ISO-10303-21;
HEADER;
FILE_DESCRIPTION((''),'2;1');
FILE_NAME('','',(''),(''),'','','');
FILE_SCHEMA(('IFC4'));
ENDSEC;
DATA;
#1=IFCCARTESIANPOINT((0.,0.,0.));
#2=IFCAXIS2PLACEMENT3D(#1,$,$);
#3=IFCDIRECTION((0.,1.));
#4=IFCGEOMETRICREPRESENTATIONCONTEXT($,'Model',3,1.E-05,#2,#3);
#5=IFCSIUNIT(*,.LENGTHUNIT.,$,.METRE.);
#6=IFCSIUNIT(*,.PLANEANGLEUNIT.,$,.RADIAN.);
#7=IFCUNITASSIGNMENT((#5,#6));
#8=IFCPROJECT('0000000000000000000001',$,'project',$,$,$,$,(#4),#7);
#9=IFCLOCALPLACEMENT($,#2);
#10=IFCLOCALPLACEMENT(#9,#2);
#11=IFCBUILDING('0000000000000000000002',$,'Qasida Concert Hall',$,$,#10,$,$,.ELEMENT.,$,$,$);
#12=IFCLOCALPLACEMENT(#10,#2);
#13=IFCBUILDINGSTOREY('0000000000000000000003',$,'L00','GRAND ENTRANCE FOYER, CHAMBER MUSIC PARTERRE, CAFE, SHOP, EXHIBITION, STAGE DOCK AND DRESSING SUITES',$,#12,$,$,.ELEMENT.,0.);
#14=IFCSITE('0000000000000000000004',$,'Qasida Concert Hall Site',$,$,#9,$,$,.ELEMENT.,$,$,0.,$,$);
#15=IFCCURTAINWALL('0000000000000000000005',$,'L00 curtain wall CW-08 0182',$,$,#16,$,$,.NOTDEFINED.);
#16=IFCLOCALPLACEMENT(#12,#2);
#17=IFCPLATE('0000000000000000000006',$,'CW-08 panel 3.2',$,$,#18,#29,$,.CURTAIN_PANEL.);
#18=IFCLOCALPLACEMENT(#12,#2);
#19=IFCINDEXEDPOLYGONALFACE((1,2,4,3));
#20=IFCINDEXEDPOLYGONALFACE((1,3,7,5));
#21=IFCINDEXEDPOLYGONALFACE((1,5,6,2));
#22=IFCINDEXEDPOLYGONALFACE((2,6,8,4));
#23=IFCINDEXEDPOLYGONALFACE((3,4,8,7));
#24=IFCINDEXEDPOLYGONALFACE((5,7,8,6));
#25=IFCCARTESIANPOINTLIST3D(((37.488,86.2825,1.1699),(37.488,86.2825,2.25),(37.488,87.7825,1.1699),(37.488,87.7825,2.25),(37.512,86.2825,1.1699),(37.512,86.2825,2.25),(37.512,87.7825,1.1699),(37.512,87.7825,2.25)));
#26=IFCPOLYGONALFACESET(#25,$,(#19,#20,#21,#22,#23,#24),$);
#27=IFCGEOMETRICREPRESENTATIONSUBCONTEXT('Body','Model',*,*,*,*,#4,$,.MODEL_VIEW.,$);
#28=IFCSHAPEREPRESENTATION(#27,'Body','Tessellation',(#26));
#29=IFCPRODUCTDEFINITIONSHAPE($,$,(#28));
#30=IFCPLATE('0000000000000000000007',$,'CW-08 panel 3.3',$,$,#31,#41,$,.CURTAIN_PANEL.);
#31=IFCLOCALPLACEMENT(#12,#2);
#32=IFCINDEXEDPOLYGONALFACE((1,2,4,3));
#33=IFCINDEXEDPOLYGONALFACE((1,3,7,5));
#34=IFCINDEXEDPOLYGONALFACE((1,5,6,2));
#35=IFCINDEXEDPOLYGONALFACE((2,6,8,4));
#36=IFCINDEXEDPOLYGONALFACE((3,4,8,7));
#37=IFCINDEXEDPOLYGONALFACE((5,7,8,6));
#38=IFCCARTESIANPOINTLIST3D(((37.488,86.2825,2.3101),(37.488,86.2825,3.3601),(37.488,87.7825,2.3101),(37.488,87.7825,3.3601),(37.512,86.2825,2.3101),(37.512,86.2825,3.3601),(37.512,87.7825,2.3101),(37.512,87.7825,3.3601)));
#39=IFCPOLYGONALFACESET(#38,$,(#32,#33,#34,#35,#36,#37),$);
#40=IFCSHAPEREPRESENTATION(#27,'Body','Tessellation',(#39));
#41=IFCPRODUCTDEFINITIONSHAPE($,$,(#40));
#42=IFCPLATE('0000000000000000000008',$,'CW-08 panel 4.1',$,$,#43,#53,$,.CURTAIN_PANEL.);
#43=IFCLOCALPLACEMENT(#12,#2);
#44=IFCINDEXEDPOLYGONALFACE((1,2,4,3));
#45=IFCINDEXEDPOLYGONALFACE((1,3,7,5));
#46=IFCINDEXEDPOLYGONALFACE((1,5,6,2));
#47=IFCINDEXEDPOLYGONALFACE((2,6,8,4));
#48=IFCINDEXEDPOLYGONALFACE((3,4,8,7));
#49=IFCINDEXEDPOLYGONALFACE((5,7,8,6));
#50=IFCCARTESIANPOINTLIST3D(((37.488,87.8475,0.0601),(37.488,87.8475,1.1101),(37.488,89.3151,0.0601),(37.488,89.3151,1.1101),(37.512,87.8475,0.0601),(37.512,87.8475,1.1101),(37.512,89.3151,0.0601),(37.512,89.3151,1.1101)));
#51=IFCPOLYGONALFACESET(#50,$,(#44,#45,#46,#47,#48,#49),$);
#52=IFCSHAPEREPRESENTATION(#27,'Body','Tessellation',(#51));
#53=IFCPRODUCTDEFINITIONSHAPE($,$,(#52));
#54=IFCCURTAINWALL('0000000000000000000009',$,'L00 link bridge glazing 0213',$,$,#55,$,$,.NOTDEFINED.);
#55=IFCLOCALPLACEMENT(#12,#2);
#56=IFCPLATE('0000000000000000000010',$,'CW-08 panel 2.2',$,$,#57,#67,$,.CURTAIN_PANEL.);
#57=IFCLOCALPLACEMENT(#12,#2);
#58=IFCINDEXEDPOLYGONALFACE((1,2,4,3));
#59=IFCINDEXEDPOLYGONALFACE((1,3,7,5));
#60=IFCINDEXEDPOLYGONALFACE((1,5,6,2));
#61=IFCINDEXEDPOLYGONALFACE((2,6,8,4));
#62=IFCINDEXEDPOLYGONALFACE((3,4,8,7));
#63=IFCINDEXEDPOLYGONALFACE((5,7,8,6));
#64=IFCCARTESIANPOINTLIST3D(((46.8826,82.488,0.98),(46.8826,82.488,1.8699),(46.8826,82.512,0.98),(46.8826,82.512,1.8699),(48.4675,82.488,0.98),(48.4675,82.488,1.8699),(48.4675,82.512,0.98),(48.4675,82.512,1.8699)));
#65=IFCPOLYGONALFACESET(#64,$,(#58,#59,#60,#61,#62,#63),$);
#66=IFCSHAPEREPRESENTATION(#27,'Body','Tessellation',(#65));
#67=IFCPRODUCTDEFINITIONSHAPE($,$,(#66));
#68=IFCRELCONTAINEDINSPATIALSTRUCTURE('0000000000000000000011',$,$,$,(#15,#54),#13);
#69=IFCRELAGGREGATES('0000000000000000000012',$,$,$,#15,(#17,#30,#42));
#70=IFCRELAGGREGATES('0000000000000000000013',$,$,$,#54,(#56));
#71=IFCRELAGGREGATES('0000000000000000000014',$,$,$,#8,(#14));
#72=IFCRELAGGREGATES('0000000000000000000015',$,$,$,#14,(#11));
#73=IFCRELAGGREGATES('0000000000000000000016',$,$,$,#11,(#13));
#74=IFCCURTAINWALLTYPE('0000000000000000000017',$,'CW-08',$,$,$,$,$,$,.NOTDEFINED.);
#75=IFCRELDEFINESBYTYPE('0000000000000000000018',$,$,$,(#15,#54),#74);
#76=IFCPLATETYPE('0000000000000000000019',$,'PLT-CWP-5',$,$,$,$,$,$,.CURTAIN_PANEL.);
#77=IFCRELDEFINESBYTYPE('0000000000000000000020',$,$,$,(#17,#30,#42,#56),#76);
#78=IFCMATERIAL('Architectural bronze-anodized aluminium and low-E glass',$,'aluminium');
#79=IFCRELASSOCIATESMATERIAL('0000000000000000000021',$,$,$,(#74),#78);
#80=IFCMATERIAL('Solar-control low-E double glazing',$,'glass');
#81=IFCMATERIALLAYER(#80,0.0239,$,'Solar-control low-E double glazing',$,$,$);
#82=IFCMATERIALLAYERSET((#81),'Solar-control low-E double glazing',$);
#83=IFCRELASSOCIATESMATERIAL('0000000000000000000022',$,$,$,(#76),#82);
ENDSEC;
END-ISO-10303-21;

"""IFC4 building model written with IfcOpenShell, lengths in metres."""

from ifc_helpers import new_model, si_unit, direction, frame, origin, origin_2d, place, context, subcontext, project, spatial, rectangle, extrude, material, layer, layer_set, type_object, element, aggregate, save


model = new_model("IFC4")

# Units and contexts
model_context = context("Model", 3, precision=1e-05, world=origin(), true_north=direction((0.0, 1.0)))
body_context = subcontext(model_context, "Body", "Model", "MODEL_VIEW")
ifc_project = project(units=[si_unit("LENGTHUNIT", "METRE"), si_unit("PLANEANGLEUNIT", "RADIAN")], contexts=[model_context])

# Site, building, storey
site_placement = place(None, origin())
site = spatial("IfcSite", under=ifc_project, at=site_placement, Name="Qasida Concert Hall Site", CompositionType="ELEMENT", RefElevation=0.0)
building_placement = place(site_placement, origin())
building = spatial("IfcBuilding", under=site, at=building_placement, Name="Qasida Concert Hall", CompositionType="ELEMENT")
storey_placement = place(building_placement, origin())
storey = spatial("IfcBuildingStorey", under=building, at=storey_placement, Name="L00", Description="GRAND ENTRANCE FOYER, CHAMBER MUSIC PARTERRE, CAFE, SHOP, EXHIBITION, STAGE DOCK AND DRESSING SUITES", CompositionType="ELEMENT", Elevation=0.0)

# Curtain wall, plates
ifc_material_1 = material(Name="Architectural bronze-anodized aluminium and low-E glass", Category="aluminium")
curtain_wall_type = type_object("IfcCurtainWallType", Name="CW-08", PredefinedType="NOTDEFINED", material=ifc_material_1)
curtain_wall_1_placement = place(storey_placement, origin())
curtain_wall_1 = element("IfcCurtainWall", 1, at=curtain_wall_1_placement, inside=storey, type_object=curtain_wall_type, Name="L00 curtain wall CW-08 0182", PredefinedType="NOTDEFINED")
ifc_material_2 = material(Name="Solar-control low-E double glazing", Category="glass")
ifc_layer = layer(ifc_material_2, 0.0239, Name="Solar-control low-E double glazing")
ifc_layer_set = layer_set([ifc_layer], Name="Solar-control low-E double glazing")
plate_type = type_object("IfcPlateType", Name="PLT-CWP-5", PredefinedType="CURTAIN_PANEL", material=ifc_layer_set)
plate_1_placement = place(storey_placement, frame((37.5, 87.0325, 1.1699), z_axis=(0.0, 0.0, 1.0), x_axis=(0.0, 1.0, 0.0)))
plate_1 = element("IfcPlate", 2, at=plate_1_placement, type_object=plate_type, Name="CW-08 panel 3.2", PredefinedType="CURTAIN_PANEL", context=body_context, shape_type="SweptSolid", body=[
    extrude(rectangle(XDim=1.5, YDim=0.0239, at=origin_2d()), origin(), (0.0, 0.0, 1.0), 1.0801),
])
plate_2_placement = place(storey_placement, frame((37.5, 87.0325, 2.3101), z_axis=(0.0, 0.0, 1.0), x_axis=(0.0, 1.0, 0.0)))
plate_2 = element("IfcPlate", 3, at=plate_2_placement, type_object=plate_type, Name="CW-08 panel 3.3", PredefinedType="CURTAIN_PANEL", context=body_context, shape_type="SweptSolid", body=[
    extrude(rectangle(XDim=1.5, YDim=0.0239, at=origin_2d()), origin(), (0.0, 0.0, 1.0), 1.05),
])
plate_3_placement = place(storey_placement, frame((37.5, 88.5813, 0.0601), z_axis=(0.0, 0.0, 1.0), x_axis=(0.0, 1.0, 0.0)))
plate_3 = element("IfcPlate", 4, at=plate_3_placement, type_object=plate_type, Name="CW-08 panel 4.1", PredefinedType="CURTAIN_PANEL", context=body_context, shape_type="SweptSolid", body=[
    extrude(rectangle(XDim=1.4675, YDim=0.0239, at=origin_2d()), origin(), (0.0, 0.0, 1.0), 1.05),
])
aggregate(curtain_wall_1, [plate_1, plate_2, plate_3])

# Curtain wall, plate
curtain_wall_2_placement = place(storey_placement, origin())
curtain_wall_2 = element("IfcCurtainWall", 5, at=curtain_wall_2_placement, inside=storey, type_object=curtain_wall_type, Name="L00 link bridge glazing 0213", PredefinedType="NOTDEFINED")
plate_4_placement = place(storey_placement, frame((47.675, 82.5, 0.98), z_axis=(0.0, 0.0, 1.0), x_axis=(1.0, 0.0, 0.0)))
plate_4 = element("IfcPlate", 6, at=plate_4_placement, type_object=plate_type, Name="CW-08 panel 2.2", PredefinedType="CURTAIN_PANEL", context=body_context, shape_type="SweptSolid", body=[
    extrude(rectangle(XDim=1.585, YDim=0.0239, at=origin_2d()), origin(), (0.0, 0.0, 1.0), 0.8899),
])
aggregate(curtain_wall_2, [plate_4])

save(model, "model.ifc")
